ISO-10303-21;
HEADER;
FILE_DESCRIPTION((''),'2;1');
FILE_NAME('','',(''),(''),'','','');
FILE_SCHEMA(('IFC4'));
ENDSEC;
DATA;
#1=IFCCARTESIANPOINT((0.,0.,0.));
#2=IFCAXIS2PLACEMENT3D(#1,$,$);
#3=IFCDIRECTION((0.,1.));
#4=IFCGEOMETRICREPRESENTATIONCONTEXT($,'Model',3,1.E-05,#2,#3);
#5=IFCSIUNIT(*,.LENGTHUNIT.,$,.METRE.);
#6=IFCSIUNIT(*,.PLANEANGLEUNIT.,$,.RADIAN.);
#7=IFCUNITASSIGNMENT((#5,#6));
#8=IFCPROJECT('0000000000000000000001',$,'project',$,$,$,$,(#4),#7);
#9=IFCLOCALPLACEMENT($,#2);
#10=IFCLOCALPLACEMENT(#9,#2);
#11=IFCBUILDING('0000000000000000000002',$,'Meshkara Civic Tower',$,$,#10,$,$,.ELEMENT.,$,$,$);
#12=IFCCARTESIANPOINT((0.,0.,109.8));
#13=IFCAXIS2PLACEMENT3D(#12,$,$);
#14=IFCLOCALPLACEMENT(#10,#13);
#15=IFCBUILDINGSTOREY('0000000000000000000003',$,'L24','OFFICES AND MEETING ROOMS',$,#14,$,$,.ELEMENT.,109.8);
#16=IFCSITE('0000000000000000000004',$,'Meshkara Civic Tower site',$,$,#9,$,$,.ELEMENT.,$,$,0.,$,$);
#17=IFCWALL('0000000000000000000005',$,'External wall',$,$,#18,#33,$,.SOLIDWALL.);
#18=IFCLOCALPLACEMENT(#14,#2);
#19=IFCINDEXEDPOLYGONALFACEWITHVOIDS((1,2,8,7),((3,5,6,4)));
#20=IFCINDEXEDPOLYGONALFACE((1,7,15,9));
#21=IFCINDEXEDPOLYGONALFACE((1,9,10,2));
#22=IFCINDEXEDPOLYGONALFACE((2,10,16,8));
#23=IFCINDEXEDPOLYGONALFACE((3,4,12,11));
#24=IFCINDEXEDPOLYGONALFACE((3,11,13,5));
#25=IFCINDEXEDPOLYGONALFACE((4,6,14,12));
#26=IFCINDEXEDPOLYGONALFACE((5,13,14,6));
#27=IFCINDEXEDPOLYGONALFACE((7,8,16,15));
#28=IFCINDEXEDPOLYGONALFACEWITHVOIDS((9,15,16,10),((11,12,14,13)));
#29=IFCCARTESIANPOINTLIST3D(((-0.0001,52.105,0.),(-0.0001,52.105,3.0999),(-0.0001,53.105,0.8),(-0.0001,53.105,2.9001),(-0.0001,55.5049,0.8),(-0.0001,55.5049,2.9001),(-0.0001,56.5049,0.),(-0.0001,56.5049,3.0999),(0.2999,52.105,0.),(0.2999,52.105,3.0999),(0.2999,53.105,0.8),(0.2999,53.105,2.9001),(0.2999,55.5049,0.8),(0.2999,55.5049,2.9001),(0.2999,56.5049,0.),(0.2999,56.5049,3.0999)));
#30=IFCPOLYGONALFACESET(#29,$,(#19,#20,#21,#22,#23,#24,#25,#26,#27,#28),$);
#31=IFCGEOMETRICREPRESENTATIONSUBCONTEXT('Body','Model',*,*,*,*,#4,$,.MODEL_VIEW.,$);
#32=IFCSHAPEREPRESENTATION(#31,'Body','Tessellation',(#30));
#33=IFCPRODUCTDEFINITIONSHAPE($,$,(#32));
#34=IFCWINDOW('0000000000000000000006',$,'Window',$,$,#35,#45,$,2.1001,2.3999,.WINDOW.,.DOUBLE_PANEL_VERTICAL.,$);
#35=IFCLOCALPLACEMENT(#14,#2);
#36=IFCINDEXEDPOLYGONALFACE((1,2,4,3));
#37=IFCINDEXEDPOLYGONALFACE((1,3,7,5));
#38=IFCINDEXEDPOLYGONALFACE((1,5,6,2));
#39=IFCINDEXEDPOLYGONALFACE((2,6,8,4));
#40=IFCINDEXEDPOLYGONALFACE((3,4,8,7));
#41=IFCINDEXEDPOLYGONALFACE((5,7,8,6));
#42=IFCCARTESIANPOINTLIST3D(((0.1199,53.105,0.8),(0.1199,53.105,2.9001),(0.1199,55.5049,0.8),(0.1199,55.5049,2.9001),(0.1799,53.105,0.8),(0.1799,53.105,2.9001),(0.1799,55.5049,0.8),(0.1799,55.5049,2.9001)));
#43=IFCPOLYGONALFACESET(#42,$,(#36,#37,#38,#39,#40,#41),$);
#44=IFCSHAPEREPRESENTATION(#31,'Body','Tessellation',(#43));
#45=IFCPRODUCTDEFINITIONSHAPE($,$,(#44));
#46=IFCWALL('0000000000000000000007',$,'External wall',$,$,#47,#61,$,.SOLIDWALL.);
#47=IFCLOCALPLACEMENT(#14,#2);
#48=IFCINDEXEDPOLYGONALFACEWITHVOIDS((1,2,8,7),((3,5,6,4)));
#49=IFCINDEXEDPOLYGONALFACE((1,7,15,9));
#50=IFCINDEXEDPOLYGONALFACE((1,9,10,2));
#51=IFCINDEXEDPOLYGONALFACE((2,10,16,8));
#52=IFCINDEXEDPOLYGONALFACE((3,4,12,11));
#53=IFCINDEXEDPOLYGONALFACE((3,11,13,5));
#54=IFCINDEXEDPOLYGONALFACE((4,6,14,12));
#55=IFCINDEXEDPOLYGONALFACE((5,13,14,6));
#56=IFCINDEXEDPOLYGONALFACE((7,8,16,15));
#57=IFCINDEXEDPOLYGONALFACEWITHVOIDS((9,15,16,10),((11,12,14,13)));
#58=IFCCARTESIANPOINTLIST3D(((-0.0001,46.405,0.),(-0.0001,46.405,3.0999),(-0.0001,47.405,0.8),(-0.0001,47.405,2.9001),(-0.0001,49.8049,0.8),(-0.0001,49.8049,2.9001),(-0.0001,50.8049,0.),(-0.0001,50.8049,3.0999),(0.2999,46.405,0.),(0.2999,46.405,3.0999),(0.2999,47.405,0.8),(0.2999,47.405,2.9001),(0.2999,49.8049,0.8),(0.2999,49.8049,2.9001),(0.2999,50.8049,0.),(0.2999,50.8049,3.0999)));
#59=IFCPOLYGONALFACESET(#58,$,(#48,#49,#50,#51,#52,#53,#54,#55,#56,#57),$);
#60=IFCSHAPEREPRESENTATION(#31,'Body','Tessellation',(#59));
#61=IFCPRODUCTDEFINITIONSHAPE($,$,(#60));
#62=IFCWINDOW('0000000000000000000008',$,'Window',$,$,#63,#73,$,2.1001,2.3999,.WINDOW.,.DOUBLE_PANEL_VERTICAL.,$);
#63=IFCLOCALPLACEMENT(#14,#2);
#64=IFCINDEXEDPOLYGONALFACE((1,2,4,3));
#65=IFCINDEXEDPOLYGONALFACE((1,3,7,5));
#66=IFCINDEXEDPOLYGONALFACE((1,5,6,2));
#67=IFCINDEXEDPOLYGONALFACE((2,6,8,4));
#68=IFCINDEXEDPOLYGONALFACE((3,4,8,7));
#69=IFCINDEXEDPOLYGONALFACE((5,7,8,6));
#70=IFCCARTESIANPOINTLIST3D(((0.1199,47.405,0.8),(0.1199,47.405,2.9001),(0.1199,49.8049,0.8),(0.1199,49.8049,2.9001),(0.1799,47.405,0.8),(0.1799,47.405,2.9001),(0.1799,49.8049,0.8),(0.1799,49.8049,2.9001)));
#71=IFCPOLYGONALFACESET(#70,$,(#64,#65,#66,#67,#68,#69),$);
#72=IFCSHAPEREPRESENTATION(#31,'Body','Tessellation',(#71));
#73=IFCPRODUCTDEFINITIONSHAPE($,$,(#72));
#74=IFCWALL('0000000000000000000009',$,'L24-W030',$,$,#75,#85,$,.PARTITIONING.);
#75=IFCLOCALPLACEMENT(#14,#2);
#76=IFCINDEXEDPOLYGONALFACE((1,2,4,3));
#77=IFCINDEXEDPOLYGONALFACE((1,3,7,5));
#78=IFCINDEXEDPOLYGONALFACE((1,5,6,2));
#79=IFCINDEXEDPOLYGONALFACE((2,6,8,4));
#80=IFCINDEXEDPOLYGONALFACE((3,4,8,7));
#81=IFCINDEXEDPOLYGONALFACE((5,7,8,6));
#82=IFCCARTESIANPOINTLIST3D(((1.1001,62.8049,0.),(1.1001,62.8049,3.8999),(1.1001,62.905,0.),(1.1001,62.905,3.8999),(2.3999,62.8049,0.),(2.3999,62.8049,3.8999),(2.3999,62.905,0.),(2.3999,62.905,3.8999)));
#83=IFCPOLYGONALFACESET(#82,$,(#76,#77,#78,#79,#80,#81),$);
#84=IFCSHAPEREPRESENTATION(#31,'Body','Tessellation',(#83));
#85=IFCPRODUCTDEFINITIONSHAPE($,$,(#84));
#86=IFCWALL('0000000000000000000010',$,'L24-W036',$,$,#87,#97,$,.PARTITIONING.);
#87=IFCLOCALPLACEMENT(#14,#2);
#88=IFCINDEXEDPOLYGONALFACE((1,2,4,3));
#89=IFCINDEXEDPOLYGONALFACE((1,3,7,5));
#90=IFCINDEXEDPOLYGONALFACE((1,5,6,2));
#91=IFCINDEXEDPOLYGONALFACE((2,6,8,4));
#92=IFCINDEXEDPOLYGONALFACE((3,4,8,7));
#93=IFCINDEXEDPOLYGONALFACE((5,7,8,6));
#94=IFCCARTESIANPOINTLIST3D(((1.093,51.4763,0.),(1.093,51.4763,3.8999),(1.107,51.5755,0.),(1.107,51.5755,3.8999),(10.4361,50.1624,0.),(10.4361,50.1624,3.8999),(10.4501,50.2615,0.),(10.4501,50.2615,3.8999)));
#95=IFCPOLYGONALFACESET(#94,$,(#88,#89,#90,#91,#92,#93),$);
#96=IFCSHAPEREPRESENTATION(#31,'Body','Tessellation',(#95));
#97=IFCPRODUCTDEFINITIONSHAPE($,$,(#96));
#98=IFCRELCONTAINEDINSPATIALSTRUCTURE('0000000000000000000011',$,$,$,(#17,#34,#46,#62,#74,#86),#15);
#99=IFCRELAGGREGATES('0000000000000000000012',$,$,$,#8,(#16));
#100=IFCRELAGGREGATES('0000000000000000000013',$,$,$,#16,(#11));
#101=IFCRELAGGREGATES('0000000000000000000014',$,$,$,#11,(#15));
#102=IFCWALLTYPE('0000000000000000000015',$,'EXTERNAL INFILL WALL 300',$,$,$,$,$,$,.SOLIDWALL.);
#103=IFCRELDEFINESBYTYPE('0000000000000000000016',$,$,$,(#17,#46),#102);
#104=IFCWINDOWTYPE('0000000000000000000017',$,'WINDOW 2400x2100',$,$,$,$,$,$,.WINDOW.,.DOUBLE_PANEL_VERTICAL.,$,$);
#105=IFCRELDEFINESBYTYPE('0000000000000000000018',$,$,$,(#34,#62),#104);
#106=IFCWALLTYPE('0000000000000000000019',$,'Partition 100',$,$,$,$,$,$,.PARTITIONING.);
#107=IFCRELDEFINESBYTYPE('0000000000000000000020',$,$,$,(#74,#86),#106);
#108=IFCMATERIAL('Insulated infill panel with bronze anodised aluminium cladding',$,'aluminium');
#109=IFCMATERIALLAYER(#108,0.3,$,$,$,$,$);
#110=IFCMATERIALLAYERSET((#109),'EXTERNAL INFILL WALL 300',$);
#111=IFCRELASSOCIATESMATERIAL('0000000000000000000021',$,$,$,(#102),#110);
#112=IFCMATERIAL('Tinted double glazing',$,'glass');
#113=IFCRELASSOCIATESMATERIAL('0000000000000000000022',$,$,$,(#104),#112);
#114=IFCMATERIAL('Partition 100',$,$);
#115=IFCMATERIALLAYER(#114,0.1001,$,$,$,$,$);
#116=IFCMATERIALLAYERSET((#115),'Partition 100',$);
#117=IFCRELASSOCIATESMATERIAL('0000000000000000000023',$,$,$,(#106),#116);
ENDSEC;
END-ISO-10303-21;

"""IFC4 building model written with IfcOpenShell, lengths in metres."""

from ifc_helpers import new_model, si_unit, direction, frame, frame_2d, origin, place, context, subcontext, project, spatial, rectangle, extrude, material, layer, layer_set, type_object, element, fill, save


model = new_model("IFC4")

# Units and contexts
model_context = context("Model", 3, precision=1e-05, world=origin(), true_north=direction((0.0, 1.0)))
body_context = subcontext(model_context, "Body", "Model", "MODEL_VIEW")
ifc_project = project(units=[si_unit("LENGTHUNIT", "METRE"), si_unit("PLANEANGLEUNIT", "RADIAN")], contexts=[model_context])

# Site, building, storey
site_placement = place(None, origin())
site = spatial("IfcSite", under=ifc_project, at=site_placement, Name="Meshkara Civic Tower site", CompositionType="ELEMENT", RefElevation=0.0)
building_placement = place(site_placement, origin())
building = spatial("IfcBuilding", under=site, at=building_placement, Name="Meshkara Civic Tower", CompositionType="ELEMENT")
storey_placement = place(building_placement, frame((0.0, 0.0, 109.8)))
storey = spatial("IfcBuildingStorey", under=building, at=storey_placement, Name="L24", Description="OFFICES AND MEETING ROOMS", CompositionType="ELEMENT", Elevation=109.8)

# Walls, openings, windows
ifc_material_1 = material(Name="Insulated infill panel with bronze anodised aluminium cladding", Category="aluminium")
ifc_layer_1 = layer(ifc_material_1, 0.3)
ifc_layer_set_1 = layer_set([ifc_layer_1], Name="EXTERNAL INFILL WALL 300")
wall_type_1 = type_object("IfcWallType", Name="EXTERNAL INFILL WALL 300", PredefinedType="SOLIDWALL", material=ifc_layer_set_1)
ifc_material_2 = material(Name="Tinted double glazing", Category="glass")
window_type = type_object("IfcWindowType", Name="WINDOW 2400x2100", PartitioningType="DOUBLE_PANEL_VERTICAL", PredefinedType="WINDOW", material=ifc_material_2)
wall_1_placement = place(storey_placement, frame((0.1499, 56.5049, 0.0), z_axis=(0.0, 0.0, 1.0), x_axis=(0.0, -1.0, 0.0)))
wall_1 = element("IfcWall", 1, at=wall_1_placement, inside=storey, type_object=wall_type_1, Name="External wall", PredefinedType="SOLIDWALL", context=body_context, shape_type="SweptSolid", body=[
    extrude(rectangle(XDim=4.3999, YDim=0.3, at=frame_2d((2.2, 0.0))), origin(), (0.0, 0.0, 1.0), 3.0999),
])
opening_1_placement = place(wall_1_placement, frame((1.0, 0.0, 0.8)))
opening_1 = element("IfcOpeningElement", 2, at=opening_1_placement, cuts=wall_1, PredefinedType="OPENING", context=body_context, shape_type="SweptSolid", body=[
    extrude(rectangle(XDim=2.3999, YDim=2.1001, at=frame_2d((1.2, 1.05))), frame((0.0, 0.1599, 0.0), z_axis=(0.0, -1.0, 0.0), x_axis=(1.0, 0.0, 0.0)), (0.0, 0.0, 1.0), 0.3201),
])
window_1_placement = place(opening_1_placement, origin())
window_1 = element("IfcWindow", 3, at=window_1_placement, inside=storey, type_object=window_type, Name="Window", OverallHeight=2.1001, OverallWidth=2.3999, PartitioningType="DOUBLE_PANEL_VERTICAL", PredefinedType="WINDOW", context=body_context, shape_type="SweptSolid", body=[
    extrude(rectangle(XDim=2.3999, YDim=2.1001, at=frame_2d((1.2, 1.05))), frame((0.0, 0.03, 0.0), z_axis=(0.0, -1.0, 0.0), x_axis=(1.0, 0.0, 0.0)), (0.0, 0.0, 1.0), 0.0601),
])
fill(opening_1, window_1)
wall_2_placement = place(storey_placement, frame((0.1499, 50.8049, 0.0), z_axis=(0.0, 0.0, 1.0), x_axis=(0.0, -1.0, 0.0)))
wall_2 = element("IfcWall", 4, at=wall_2_placement, inside=storey, type_object=wall_type_1, Name="External wall", PredefinedType="SOLIDWALL", context=body_context, shape_type="SweptSolid", body=[
    extrude(rectangle(XDim=4.3999, YDim=0.3, at=frame_2d((2.2, 0.0))), origin(), (0.0, 0.0, 1.0), 3.0999),
])
opening_2_placement = place(wall_2_placement, frame((1.0, 0.0, 0.8)))
opening_2 = element("IfcOpeningElement", 5, at=opening_2_placement, cuts=wall_2, PredefinedType="OPENING", context=body_context, shape_type="SweptSolid", body=[
    extrude(rectangle(XDim=2.3999, YDim=2.1001, at=frame_2d((1.2, 1.05))), frame((0.0, 0.1599, 0.0), z_axis=(0.0, -1.0, 0.0), x_axis=(1.0, 0.0, 0.0)), (0.0, 0.0, 1.0), 0.3201),
])
window_2_placement = place(opening_2_placement, origin())
window_2 = element("IfcWindow", 6, at=window_2_placement, inside=storey, type_object=window_type, Name="Window", OverallHeight=2.1001, OverallWidth=2.3999, PartitioningType="DOUBLE_PANEL_VERTICAL", PredefinedType="WINDOW", context=body_context, shape_type="SweptSolid", body=[
    extrude(rectangle(XDim=2.3999, YDim=2.1001, at=frame_2d((1.2, 1.05))), frame((0.0, 0.03, 0.0), z_axis=(0.0, -1.0, 0.0), x_axis=(1.0, 0.0, 0.0)), (0.0, 0.0, 1.0), 0.0601),
])
fill(opening_2, window_2)

# Walls
ifc_material_3 = material(Name="Partition 100")
ifc_layer_2 = layer(ifc_material_3, 0.1001)
ifc_layer_set_2 = layer_set([ifc_layer_2], Name="Partition 100")
wall_type_2 = type_object("IfcWallType", Name="Partition 100", PredefinedType="PARTITIONING", material=ifc_layer_set_2)
wall_3_placement = place(storey_placement, frame((2.3999, 62.855, 0.0), z_axis=(0.0, 0.0, 1.0), x_axis=(-1.0, 0.0, 0.0)))
element("IfcWall", 7, at=wall_3_placement, inside=storey, type_object=wall_type_2, Name="L24-W030", PredefinedType="PARTITIONING", context=body_context, shape_type="SweptSolid", body=[
    extrude(rectangle(XDim=1.2998, YDim=0.1001, at=frame_2d((0.6499, 0.0))), origin(), (0.0, 0.0, 1.0), 3.8999),
])
wall_4_placement = place(storey_placement, frame((10.4431, 50.2119, 0.0), z_axis=(0.0, 0.0, 1.0), x_axis=(-0.990255, 0.139266, 0.0)))
element("IfcWall", 8, at=wall_4_placement, inside=storey, type_object=wall_type_2, Name="L24-W036", PredefinedType="PARTITIONING", context=body_context, shape_type="SweptSolid", body=[
    extrude(rectangle(XDim=9.4351, YDim=0.1001, at=frame_2d((4.7175, 0.0))), origin(), (0.0, 0.0, 1.0), 3.8999),
])

save(model, "model.ifc")
